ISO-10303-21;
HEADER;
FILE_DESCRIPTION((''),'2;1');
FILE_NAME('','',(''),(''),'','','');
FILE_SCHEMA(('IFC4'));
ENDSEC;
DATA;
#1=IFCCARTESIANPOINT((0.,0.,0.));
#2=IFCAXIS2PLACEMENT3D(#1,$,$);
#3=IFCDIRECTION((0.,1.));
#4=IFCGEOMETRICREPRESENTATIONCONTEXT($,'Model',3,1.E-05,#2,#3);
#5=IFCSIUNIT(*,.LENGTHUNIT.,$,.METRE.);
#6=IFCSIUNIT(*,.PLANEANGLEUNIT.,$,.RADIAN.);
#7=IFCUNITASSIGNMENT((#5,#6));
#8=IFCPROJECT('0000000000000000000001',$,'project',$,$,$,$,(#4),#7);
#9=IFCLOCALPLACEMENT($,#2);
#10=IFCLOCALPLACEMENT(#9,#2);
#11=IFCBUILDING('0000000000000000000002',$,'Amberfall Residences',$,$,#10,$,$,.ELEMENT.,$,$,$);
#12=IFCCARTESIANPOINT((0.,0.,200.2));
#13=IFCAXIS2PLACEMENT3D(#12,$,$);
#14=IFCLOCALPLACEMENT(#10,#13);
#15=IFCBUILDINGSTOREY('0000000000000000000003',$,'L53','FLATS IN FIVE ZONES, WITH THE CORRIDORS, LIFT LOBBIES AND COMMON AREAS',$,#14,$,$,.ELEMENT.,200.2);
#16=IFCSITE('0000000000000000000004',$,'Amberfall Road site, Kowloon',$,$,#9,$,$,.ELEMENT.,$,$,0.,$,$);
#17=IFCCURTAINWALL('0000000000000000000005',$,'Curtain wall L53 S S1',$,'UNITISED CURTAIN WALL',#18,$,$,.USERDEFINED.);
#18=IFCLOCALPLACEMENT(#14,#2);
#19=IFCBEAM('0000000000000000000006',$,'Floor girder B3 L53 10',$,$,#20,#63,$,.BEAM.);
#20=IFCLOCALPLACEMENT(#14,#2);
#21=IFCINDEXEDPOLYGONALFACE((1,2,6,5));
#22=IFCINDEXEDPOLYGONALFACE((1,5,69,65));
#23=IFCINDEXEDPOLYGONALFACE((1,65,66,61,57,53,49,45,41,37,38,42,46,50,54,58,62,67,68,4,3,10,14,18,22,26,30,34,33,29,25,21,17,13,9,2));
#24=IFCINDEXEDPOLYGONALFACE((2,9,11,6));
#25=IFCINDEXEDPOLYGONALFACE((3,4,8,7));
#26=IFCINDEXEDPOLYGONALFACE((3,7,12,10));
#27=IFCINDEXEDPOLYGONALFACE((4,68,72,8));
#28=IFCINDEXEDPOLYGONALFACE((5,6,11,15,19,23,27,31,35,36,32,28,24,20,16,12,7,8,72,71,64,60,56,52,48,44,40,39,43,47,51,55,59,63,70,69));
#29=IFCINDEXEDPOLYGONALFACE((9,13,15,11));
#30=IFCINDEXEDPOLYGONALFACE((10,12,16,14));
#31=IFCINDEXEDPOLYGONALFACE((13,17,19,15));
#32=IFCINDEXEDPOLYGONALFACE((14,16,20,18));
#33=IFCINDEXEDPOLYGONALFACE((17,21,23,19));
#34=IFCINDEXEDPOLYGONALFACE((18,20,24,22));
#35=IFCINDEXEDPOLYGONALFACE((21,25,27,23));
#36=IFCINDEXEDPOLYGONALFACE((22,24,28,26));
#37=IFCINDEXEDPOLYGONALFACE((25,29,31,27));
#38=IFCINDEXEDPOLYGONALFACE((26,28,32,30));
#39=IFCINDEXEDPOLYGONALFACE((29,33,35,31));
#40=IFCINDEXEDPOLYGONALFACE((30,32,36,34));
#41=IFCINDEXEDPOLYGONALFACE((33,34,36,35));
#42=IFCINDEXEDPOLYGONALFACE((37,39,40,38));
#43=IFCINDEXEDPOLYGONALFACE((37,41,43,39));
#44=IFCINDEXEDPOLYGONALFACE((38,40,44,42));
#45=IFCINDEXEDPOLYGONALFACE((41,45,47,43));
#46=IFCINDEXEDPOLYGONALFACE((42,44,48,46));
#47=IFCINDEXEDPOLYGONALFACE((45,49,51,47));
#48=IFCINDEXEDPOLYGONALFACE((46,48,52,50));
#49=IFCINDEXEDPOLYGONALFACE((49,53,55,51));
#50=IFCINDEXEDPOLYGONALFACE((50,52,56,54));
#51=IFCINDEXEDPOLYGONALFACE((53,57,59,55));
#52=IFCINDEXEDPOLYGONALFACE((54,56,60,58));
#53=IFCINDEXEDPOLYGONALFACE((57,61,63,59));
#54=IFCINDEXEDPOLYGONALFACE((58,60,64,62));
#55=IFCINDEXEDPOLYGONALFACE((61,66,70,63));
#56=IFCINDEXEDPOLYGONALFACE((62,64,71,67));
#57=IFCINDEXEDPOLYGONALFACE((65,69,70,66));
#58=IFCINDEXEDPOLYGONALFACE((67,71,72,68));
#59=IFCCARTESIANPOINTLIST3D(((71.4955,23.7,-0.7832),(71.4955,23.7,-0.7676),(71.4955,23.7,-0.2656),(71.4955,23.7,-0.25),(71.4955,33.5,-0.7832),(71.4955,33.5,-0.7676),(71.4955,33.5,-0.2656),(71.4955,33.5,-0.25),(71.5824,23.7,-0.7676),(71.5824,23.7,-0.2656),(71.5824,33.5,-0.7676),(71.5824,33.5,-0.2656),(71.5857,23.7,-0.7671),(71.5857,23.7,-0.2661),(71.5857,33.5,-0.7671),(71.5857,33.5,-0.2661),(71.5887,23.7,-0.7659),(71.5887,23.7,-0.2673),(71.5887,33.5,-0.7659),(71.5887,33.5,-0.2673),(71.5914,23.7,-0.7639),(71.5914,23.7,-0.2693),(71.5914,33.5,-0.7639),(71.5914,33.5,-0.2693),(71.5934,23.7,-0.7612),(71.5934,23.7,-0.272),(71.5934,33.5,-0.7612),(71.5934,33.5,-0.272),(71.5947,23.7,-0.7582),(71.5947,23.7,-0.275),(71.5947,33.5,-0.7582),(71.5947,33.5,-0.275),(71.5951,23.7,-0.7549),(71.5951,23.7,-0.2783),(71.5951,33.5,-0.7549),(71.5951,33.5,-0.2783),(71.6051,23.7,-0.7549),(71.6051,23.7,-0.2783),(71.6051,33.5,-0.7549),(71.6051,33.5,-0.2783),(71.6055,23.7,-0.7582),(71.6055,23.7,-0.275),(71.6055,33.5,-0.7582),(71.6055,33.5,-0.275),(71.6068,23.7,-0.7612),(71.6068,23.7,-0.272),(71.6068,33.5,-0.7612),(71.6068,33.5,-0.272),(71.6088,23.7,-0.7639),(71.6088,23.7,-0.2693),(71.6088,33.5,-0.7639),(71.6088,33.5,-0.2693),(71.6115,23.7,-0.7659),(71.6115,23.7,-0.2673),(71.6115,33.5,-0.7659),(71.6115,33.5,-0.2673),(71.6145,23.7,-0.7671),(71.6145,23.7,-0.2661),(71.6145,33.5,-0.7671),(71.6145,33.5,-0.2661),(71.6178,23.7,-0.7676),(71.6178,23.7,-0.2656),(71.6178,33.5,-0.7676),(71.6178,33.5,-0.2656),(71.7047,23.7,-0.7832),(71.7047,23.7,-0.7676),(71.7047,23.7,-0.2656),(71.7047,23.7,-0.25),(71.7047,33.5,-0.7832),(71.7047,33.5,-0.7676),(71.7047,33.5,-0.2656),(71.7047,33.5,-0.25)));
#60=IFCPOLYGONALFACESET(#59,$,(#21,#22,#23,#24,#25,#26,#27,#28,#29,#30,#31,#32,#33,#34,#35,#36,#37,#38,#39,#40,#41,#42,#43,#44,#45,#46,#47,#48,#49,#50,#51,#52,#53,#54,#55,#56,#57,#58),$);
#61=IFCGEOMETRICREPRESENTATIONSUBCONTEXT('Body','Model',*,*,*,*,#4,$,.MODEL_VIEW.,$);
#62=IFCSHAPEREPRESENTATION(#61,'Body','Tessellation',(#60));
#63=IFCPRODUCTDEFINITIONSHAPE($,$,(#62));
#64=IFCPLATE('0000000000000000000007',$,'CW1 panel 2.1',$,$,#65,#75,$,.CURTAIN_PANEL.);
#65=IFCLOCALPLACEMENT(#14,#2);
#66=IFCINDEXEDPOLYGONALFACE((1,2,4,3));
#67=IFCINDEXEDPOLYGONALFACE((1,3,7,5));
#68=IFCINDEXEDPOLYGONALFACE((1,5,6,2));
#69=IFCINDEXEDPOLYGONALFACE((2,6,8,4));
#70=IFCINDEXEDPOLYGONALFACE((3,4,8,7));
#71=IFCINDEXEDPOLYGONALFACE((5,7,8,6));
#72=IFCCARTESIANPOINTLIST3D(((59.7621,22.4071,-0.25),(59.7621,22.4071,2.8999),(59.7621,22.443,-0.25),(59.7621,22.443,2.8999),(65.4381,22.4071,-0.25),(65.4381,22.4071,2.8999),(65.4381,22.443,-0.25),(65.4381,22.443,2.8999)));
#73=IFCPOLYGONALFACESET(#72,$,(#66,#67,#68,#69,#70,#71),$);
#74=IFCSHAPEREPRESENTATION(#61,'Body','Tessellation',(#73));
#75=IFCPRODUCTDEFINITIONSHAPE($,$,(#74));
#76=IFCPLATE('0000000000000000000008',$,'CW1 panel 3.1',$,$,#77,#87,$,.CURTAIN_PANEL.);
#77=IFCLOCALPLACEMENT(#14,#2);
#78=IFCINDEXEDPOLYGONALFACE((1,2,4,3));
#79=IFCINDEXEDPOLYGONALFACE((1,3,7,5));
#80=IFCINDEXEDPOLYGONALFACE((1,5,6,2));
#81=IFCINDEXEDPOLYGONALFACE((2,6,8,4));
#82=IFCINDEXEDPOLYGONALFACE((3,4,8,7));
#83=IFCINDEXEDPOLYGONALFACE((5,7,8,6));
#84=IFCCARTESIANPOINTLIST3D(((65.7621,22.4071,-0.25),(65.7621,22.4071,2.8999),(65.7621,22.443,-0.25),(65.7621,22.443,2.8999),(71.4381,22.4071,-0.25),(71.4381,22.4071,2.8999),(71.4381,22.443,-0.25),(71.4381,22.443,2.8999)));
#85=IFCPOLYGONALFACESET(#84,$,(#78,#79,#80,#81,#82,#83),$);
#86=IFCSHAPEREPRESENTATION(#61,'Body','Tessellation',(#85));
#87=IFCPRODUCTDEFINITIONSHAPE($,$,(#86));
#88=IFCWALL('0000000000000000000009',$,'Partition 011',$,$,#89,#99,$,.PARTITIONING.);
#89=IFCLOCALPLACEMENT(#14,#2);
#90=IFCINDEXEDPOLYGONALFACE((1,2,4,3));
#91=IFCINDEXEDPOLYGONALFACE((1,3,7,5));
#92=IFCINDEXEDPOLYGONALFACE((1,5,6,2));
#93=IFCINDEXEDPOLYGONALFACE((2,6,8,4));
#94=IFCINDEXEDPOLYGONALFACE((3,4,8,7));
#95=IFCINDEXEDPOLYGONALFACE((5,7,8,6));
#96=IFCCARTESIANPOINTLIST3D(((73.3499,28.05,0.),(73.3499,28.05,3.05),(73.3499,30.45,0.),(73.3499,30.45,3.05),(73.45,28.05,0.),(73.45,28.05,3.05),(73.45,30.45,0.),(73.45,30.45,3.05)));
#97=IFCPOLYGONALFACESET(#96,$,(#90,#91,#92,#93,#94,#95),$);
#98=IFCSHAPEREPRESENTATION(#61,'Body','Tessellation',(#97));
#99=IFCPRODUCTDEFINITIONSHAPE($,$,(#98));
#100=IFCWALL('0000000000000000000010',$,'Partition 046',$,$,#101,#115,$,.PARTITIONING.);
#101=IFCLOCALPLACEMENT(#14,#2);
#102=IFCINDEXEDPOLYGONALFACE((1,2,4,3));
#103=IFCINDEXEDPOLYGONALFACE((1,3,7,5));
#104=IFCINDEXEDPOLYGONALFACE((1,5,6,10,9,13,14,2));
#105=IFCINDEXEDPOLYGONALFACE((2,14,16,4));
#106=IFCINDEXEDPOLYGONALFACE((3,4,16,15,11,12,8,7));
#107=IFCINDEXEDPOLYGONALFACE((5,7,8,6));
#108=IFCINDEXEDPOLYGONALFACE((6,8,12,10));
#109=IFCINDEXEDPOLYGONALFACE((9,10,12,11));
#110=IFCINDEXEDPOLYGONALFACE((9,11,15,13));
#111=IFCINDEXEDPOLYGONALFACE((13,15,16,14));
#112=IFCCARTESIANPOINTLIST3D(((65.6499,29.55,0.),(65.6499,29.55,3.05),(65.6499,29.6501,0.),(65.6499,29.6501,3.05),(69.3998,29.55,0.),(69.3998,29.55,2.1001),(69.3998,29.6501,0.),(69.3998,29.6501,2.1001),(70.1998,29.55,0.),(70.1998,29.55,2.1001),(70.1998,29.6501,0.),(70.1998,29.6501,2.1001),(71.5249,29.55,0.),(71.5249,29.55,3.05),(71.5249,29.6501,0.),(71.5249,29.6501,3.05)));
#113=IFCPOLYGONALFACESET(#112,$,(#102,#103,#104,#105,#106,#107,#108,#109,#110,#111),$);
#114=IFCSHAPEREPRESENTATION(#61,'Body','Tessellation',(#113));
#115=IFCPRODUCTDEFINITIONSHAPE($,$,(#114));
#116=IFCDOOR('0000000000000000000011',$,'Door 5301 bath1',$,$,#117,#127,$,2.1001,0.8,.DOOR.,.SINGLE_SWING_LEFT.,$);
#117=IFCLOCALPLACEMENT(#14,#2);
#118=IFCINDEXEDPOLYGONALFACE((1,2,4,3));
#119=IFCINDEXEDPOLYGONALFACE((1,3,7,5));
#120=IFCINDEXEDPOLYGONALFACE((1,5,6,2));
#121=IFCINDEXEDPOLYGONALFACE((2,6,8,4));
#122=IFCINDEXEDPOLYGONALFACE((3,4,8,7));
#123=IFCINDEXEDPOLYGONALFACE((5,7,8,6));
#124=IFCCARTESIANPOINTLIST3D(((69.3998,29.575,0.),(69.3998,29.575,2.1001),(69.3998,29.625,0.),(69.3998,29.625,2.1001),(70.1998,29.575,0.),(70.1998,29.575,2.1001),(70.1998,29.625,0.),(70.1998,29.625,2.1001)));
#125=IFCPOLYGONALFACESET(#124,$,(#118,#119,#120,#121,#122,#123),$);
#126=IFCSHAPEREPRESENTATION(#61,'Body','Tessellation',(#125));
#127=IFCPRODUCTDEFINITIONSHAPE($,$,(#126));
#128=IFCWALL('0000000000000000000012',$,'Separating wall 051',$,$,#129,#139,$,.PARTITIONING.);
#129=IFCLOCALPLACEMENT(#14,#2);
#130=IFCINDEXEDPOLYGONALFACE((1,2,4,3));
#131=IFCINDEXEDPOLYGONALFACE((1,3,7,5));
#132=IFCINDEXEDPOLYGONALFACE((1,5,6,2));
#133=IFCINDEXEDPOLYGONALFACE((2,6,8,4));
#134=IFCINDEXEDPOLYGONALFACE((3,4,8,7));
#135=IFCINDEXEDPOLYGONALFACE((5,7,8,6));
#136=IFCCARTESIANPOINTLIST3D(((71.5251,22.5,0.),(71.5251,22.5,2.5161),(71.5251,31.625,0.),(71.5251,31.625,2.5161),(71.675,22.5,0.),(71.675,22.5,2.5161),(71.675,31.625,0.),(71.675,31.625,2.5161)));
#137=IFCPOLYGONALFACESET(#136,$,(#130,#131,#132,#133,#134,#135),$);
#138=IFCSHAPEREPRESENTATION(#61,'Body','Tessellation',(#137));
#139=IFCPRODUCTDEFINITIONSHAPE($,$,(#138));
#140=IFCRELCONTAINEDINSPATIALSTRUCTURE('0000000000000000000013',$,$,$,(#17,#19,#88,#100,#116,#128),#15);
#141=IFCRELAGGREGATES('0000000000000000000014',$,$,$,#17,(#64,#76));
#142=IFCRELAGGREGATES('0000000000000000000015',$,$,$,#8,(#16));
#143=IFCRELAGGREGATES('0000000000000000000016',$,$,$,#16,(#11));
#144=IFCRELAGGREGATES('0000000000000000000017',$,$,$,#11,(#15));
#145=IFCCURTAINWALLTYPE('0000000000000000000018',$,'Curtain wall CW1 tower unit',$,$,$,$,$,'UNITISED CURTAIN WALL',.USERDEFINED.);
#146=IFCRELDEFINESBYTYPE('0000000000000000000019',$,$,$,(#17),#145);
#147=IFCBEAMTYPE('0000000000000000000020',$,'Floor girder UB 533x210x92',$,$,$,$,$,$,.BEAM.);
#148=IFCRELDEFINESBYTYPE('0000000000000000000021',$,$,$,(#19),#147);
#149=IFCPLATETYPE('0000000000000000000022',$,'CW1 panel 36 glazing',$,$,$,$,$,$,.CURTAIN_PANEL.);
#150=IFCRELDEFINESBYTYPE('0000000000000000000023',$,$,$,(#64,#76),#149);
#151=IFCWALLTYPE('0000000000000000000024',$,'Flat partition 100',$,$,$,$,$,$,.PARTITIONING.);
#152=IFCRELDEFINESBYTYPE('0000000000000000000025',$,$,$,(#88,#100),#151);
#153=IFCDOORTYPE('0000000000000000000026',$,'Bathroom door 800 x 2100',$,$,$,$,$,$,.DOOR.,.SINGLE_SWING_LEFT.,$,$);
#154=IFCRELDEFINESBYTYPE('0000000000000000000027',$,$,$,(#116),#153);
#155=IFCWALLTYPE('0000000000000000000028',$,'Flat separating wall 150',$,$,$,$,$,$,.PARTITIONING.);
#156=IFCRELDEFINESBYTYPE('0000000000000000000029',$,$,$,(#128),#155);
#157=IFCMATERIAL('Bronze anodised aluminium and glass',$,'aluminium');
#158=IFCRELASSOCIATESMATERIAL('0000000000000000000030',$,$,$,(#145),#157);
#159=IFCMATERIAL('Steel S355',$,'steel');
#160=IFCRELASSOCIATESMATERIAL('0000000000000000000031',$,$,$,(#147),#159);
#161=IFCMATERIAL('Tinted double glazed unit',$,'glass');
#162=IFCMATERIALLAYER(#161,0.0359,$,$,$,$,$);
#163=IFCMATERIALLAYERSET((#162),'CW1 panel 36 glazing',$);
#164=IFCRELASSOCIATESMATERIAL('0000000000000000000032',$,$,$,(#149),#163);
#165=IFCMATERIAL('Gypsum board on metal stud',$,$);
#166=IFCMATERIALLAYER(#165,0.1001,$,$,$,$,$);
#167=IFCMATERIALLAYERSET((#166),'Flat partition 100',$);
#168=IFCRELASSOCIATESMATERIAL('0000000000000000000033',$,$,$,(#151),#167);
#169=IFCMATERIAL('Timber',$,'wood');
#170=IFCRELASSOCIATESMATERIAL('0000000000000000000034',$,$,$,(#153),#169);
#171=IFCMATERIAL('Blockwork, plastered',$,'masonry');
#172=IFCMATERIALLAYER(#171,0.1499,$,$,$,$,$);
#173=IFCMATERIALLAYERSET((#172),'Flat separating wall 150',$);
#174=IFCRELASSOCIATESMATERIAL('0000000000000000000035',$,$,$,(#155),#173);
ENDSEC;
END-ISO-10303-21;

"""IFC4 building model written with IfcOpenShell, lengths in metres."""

from ifc_helpers import new_model, si_unit, direction, frame, frame_2d, origin, origin_2d, place, context, subcontext, project, spatial, rectangle, i_section, extrude, material, layer, layer_set, material_profile, profile_set, type_object, element, fill, aggregate, save


model = new_model("IFC4")

# Units and contexts
model_context = context("Model", 3, precision=1e-05, world=origin(), true_north=direction((0.0, 1.0)))
body_context = subcontext(model_context, "Body", "Model", "MODEL_VIEW")
ifc_project = project(units=[si_unit("LENGTHUNIT", "METRE"), si_unit("PLANEANGLEUNIT", "RADIAN")], contexts=[model_context])

# Site, building, storey
site_placement = place(None, origin())
site = spatial("IfcSite", under=ifc_project, at=site_placement, Name="Amberfall Road site, Kowloon", CompositionType="ELEMENT", RefElevation=0.0)
building_placement = place(site_placement, origin())
building = spatial("IfcBuilding", under=site, at=building_placement, Name="Amberfall Residences", CompositionType="ELEMENT")
storey_placement = place(building_placement, frame((0.0, 0.0, 200.2)))
storey = spatial("IfcBuildingStorey", under=building, at=storey_placement, Name="L53", Description="FLATS IN FIVE ZONES, WITH THE CORRIDORS, LIFT LOBBIES AND COMMON AREAS", CompositionType="ELEMENT", Elevation=200.2)

# Curtain wall
ifc_material_1 = material(Name="Bronze anodised aluminium and glass", Category="aluminium")
curtain_wall_type = type_object("IfcCurtainWallType", Name="Curtain wall CW1 tower unit", ElementType="UNITISED CURTAIN WALL", PredefinedType="USERDEFINED", material=ifc_material_1)
curtain_wall_placement = place(storey_placement, origin())
curtain_wall = element("IfcCurtainWall", 1, at=curtain_wall_placement, inside=storey, type_object=curtain_wall_type, Name="Curtain wall L53 S S1", ObjectType="UNITISED CURTAIN WALL", PredefinedType="USERDEFINED")

# Shared definitions
ifc_material_2 = material(Name="Steel S355", Category="steel")

# Beam
ifc_material_profile_1 = material_profile(ifc_material_2, i_section(OverallWidth=0.2092, OverallDepth=0.5332, WebThickness=0.01, FlangeThickness=0.0156, FilletRadius=0.0127, at=origin_2d()), Name="UB 533x210x92")
ifc_profile_set_1 = profile_set([ifc_material_profile_1], Name="Steel S355")
beam_type_1 = type_object("IfcBeamType", Name="Floor girder UB 533x210x92", PredefinedType="BEAM", material=ifc_profile_set_1)
for number, where, z_axis, x_axis, name in (
    (2, (71.6001, 23.7, -0.5166), (0.0, 1.0, 0.0), (-1.0, 0.0, 0.0), "Floor girder B3 L53 10"),
):
    element("IfcBeam", number, at=place(storey_placement, frame(where, z_axis=z_axis, x_axis=x_axis)), inside=storey, type_object=beam_type_1, Name=name, PredefinedType="BEAM", context=body_context, shape_type="SweptSolid", body=[
        extrude(i_section(OverallWidth=0.2092, OverallDepth=0.5332, WebThickness=0.01, FlangeThickness=0.0156, FilletRadius=0.0127, at=origin_2d()), origin(), (0.0, 0.0, 1.0), 9.8),
    ])

# Plates
ifc_material_3 = material(Name="Tinted double glazed unit", Category="glass")
ifc_layer_1 = layer(ifc_material_3, 0.0359)
ifc_layer_set_1 = layer_set([ifc_layer_1], Name="CW1 panel 36 glazing")
plate_type = type_object("IfcPlateType", Name="CW1 panel 36 glazing", PredefinedType="CURTAIN_PANEL", material=ifc_layer_set_1)
plate_1_placement = place(storey_placement, frame((62.6001, 22.425, -0.25), z_axis=(0.0, 0.0, 1.0), x_axis=(1.0, 0.0, 0.0)))
plate_1 = element("IfcPlate", 3, at=plate_1_placement, type_object=plate_type, Name="CW1 panel 2.1", PredefinedType="CURTAIN_PANEL", context=body_context, shape_type="SweptSolid", body=[
    extrude(rectangle(XDim=5.676, YDim=0.0359, at=origin_2d()), origin(), (0.0, 0.0, 1.0), 3.1499),
])
plate_2_placement = place(storey_placement, frame((68.6001, 22.425, -0.25), z_axis=(0.0, 0.0, 1.0), x_axis=(1.0, 0.0, 0.0)))
plate_2 = element("IfcPlate", 4, at=plate_2_placement, type_object=plate_type, Name="CW1 panel 3.1", PredefinedType="CURTAIN_PANEL", context=body_context, shape_type="SweptSolid", body=[
    extrude(rectangle(XDim=5.676, YDim=0.0359, at=origin_2d()), origin(), (0.0, 0.0, 1.0), 3.1499),
])
aggregate(curtain_wall, [plate_1, plate_2])

# Wall
ifc_material_4 = material(Name="Gypsum board on metal stud")
ifc_layer_2 = layer(ifc_material_4, 0.1001)
ifc_layer_set_2 = layer_set([ifc_layer_2], Name="Flat partition 100")
wall_type_1 = type_object("IfcWallType", Name="Flat partition 100", PredefinedType="PARTITIONING", material=ifc_layer_set_2)
wall_1_placement = place(storey_placement, frame((73.3999, 28.05, 0.0), z_axis=(0.0, 0.0, 1.0), x_axis=(0.0, 1.0, 0.0)))
element("IfcWall", 5, at=wall_1_placement, inside=storey, type_object=wall_type_1, Name="Partition 011", PredefinedType="PARTITIONING", context=body_context, shape_type="SweptSolid", body=[
    extrude(rectangle(XDim=2.3999, YDim=0.1001, at=frame_2d((1.2, 0.0))), origin(), (0.0, 0.0, 1.0), 3.05),
])

# Wall, opening, door
wall_2_placement = place(storey_placement, frame((65.6499, 29.6001, 0.0), z_axis=(0.0, 0.0, 1.0), x_axis=(1.0, 0.0, 0.0)))
wall_2 = element("IfcWall", 6, at=wall_2_placement, inside=storey, type_object=wall_type_1, Name="Partition 046", PredefinedType="PARTITIONING", context=body_context, shape_type="SweptSolid", body=[
    extrude(rectangle(XDim=5.875, YDim=0.1001, at=frame_2d((2.9375, 0.0))), origin(), (0.0, 0.0, 1.0), 3.05),
])
opening_placement = place(wall_2_placement, frame((3.75, 0.0, 0.0)))
opening = element("IfcOpeningElement", 7, at=opening_placement, cuts=wall_2, PredefinedType="OPENING", context=body_context, shape_type="SweptSolid", body=[
    extrude(rectangle(XDim=0.8, YDim=2.1001, at=frame_2d((0.3999, 1.05))), frame((0.0, 0.0601, 0.0), z_axis=(0.0, -1.0, 0.0), x_axis=(1.0, 0.0, 0.0)), (0.0, 0.0, 1.0), 0.1201),
])
ifc_material_5 = material(Name="Timber", Category="wood")
door_type = type_object("IfcDoorType", Name="Bathroom door 800 x 2100", OperationType="SINGLE_SWING_LEFT", PredefinedType="DOOR", material=ifc_material_5)
door_placement = place(opening_placement, origin())
door = element("IfcDoor", 8, at=door_placement, inside=storey, type_object=door_type, Name="Door 5301 bath1", OperationType="SINGLE_SWING_LEFT", OverallHeight=2.1001, OverallWidth=0.8, PredefinedType="DOOR", context=body_context, shape_type="SweptSolid", body=[
    extrude(rectangle(XDim=0.8, YDim=2.1001, at=frame_2d((0.3999, 1.05))), frame((0.0, 0.0249, 0.0), z_axis=(0.0, -1.0, 0.0), x_axis=(1.0, 0.0, 0.0)), (0.0, 0.0, 1.0), 0.05),
])
fill(opening, door)

# Wall
ifc_material_6 = material(Name="Blockwork, plastered", Category="masonry")
ifc_layer_3 = layer(ifc_material_6, 0.1499)
ifc_layer_set_3 = layer_set([ifc_layer_3], Name="Flat separating wall 150")
wall_type_2 = type_object("IfcWallType", Name="Flat separating wall 150", PredefinedType="PARTITIONING", material=ifc_layer_set_3)
wall_3_placement = place(storey_placement, frame((71.6001, 22.5, 0.0), z_axis=(0.0, 0.0, 1.0), x_axis=(0.0, 1.0, 0.0)))
element("IfcWall", 9, at=wall_3_placement, inside=storey, type_object=wall_type_2, Name="Separating wall 051", PredefinedType="PARTITIONING", context=body_context, shape_type="SweptSolid", body=[
    extrude(rectangle(XDim=9.125, YDim=0.1499, at=frame_2d((4.5625, 0.0))), origin(), (0.0, 0.0, 1.0), 2.5161),
])

save(model, "model.ifc")
